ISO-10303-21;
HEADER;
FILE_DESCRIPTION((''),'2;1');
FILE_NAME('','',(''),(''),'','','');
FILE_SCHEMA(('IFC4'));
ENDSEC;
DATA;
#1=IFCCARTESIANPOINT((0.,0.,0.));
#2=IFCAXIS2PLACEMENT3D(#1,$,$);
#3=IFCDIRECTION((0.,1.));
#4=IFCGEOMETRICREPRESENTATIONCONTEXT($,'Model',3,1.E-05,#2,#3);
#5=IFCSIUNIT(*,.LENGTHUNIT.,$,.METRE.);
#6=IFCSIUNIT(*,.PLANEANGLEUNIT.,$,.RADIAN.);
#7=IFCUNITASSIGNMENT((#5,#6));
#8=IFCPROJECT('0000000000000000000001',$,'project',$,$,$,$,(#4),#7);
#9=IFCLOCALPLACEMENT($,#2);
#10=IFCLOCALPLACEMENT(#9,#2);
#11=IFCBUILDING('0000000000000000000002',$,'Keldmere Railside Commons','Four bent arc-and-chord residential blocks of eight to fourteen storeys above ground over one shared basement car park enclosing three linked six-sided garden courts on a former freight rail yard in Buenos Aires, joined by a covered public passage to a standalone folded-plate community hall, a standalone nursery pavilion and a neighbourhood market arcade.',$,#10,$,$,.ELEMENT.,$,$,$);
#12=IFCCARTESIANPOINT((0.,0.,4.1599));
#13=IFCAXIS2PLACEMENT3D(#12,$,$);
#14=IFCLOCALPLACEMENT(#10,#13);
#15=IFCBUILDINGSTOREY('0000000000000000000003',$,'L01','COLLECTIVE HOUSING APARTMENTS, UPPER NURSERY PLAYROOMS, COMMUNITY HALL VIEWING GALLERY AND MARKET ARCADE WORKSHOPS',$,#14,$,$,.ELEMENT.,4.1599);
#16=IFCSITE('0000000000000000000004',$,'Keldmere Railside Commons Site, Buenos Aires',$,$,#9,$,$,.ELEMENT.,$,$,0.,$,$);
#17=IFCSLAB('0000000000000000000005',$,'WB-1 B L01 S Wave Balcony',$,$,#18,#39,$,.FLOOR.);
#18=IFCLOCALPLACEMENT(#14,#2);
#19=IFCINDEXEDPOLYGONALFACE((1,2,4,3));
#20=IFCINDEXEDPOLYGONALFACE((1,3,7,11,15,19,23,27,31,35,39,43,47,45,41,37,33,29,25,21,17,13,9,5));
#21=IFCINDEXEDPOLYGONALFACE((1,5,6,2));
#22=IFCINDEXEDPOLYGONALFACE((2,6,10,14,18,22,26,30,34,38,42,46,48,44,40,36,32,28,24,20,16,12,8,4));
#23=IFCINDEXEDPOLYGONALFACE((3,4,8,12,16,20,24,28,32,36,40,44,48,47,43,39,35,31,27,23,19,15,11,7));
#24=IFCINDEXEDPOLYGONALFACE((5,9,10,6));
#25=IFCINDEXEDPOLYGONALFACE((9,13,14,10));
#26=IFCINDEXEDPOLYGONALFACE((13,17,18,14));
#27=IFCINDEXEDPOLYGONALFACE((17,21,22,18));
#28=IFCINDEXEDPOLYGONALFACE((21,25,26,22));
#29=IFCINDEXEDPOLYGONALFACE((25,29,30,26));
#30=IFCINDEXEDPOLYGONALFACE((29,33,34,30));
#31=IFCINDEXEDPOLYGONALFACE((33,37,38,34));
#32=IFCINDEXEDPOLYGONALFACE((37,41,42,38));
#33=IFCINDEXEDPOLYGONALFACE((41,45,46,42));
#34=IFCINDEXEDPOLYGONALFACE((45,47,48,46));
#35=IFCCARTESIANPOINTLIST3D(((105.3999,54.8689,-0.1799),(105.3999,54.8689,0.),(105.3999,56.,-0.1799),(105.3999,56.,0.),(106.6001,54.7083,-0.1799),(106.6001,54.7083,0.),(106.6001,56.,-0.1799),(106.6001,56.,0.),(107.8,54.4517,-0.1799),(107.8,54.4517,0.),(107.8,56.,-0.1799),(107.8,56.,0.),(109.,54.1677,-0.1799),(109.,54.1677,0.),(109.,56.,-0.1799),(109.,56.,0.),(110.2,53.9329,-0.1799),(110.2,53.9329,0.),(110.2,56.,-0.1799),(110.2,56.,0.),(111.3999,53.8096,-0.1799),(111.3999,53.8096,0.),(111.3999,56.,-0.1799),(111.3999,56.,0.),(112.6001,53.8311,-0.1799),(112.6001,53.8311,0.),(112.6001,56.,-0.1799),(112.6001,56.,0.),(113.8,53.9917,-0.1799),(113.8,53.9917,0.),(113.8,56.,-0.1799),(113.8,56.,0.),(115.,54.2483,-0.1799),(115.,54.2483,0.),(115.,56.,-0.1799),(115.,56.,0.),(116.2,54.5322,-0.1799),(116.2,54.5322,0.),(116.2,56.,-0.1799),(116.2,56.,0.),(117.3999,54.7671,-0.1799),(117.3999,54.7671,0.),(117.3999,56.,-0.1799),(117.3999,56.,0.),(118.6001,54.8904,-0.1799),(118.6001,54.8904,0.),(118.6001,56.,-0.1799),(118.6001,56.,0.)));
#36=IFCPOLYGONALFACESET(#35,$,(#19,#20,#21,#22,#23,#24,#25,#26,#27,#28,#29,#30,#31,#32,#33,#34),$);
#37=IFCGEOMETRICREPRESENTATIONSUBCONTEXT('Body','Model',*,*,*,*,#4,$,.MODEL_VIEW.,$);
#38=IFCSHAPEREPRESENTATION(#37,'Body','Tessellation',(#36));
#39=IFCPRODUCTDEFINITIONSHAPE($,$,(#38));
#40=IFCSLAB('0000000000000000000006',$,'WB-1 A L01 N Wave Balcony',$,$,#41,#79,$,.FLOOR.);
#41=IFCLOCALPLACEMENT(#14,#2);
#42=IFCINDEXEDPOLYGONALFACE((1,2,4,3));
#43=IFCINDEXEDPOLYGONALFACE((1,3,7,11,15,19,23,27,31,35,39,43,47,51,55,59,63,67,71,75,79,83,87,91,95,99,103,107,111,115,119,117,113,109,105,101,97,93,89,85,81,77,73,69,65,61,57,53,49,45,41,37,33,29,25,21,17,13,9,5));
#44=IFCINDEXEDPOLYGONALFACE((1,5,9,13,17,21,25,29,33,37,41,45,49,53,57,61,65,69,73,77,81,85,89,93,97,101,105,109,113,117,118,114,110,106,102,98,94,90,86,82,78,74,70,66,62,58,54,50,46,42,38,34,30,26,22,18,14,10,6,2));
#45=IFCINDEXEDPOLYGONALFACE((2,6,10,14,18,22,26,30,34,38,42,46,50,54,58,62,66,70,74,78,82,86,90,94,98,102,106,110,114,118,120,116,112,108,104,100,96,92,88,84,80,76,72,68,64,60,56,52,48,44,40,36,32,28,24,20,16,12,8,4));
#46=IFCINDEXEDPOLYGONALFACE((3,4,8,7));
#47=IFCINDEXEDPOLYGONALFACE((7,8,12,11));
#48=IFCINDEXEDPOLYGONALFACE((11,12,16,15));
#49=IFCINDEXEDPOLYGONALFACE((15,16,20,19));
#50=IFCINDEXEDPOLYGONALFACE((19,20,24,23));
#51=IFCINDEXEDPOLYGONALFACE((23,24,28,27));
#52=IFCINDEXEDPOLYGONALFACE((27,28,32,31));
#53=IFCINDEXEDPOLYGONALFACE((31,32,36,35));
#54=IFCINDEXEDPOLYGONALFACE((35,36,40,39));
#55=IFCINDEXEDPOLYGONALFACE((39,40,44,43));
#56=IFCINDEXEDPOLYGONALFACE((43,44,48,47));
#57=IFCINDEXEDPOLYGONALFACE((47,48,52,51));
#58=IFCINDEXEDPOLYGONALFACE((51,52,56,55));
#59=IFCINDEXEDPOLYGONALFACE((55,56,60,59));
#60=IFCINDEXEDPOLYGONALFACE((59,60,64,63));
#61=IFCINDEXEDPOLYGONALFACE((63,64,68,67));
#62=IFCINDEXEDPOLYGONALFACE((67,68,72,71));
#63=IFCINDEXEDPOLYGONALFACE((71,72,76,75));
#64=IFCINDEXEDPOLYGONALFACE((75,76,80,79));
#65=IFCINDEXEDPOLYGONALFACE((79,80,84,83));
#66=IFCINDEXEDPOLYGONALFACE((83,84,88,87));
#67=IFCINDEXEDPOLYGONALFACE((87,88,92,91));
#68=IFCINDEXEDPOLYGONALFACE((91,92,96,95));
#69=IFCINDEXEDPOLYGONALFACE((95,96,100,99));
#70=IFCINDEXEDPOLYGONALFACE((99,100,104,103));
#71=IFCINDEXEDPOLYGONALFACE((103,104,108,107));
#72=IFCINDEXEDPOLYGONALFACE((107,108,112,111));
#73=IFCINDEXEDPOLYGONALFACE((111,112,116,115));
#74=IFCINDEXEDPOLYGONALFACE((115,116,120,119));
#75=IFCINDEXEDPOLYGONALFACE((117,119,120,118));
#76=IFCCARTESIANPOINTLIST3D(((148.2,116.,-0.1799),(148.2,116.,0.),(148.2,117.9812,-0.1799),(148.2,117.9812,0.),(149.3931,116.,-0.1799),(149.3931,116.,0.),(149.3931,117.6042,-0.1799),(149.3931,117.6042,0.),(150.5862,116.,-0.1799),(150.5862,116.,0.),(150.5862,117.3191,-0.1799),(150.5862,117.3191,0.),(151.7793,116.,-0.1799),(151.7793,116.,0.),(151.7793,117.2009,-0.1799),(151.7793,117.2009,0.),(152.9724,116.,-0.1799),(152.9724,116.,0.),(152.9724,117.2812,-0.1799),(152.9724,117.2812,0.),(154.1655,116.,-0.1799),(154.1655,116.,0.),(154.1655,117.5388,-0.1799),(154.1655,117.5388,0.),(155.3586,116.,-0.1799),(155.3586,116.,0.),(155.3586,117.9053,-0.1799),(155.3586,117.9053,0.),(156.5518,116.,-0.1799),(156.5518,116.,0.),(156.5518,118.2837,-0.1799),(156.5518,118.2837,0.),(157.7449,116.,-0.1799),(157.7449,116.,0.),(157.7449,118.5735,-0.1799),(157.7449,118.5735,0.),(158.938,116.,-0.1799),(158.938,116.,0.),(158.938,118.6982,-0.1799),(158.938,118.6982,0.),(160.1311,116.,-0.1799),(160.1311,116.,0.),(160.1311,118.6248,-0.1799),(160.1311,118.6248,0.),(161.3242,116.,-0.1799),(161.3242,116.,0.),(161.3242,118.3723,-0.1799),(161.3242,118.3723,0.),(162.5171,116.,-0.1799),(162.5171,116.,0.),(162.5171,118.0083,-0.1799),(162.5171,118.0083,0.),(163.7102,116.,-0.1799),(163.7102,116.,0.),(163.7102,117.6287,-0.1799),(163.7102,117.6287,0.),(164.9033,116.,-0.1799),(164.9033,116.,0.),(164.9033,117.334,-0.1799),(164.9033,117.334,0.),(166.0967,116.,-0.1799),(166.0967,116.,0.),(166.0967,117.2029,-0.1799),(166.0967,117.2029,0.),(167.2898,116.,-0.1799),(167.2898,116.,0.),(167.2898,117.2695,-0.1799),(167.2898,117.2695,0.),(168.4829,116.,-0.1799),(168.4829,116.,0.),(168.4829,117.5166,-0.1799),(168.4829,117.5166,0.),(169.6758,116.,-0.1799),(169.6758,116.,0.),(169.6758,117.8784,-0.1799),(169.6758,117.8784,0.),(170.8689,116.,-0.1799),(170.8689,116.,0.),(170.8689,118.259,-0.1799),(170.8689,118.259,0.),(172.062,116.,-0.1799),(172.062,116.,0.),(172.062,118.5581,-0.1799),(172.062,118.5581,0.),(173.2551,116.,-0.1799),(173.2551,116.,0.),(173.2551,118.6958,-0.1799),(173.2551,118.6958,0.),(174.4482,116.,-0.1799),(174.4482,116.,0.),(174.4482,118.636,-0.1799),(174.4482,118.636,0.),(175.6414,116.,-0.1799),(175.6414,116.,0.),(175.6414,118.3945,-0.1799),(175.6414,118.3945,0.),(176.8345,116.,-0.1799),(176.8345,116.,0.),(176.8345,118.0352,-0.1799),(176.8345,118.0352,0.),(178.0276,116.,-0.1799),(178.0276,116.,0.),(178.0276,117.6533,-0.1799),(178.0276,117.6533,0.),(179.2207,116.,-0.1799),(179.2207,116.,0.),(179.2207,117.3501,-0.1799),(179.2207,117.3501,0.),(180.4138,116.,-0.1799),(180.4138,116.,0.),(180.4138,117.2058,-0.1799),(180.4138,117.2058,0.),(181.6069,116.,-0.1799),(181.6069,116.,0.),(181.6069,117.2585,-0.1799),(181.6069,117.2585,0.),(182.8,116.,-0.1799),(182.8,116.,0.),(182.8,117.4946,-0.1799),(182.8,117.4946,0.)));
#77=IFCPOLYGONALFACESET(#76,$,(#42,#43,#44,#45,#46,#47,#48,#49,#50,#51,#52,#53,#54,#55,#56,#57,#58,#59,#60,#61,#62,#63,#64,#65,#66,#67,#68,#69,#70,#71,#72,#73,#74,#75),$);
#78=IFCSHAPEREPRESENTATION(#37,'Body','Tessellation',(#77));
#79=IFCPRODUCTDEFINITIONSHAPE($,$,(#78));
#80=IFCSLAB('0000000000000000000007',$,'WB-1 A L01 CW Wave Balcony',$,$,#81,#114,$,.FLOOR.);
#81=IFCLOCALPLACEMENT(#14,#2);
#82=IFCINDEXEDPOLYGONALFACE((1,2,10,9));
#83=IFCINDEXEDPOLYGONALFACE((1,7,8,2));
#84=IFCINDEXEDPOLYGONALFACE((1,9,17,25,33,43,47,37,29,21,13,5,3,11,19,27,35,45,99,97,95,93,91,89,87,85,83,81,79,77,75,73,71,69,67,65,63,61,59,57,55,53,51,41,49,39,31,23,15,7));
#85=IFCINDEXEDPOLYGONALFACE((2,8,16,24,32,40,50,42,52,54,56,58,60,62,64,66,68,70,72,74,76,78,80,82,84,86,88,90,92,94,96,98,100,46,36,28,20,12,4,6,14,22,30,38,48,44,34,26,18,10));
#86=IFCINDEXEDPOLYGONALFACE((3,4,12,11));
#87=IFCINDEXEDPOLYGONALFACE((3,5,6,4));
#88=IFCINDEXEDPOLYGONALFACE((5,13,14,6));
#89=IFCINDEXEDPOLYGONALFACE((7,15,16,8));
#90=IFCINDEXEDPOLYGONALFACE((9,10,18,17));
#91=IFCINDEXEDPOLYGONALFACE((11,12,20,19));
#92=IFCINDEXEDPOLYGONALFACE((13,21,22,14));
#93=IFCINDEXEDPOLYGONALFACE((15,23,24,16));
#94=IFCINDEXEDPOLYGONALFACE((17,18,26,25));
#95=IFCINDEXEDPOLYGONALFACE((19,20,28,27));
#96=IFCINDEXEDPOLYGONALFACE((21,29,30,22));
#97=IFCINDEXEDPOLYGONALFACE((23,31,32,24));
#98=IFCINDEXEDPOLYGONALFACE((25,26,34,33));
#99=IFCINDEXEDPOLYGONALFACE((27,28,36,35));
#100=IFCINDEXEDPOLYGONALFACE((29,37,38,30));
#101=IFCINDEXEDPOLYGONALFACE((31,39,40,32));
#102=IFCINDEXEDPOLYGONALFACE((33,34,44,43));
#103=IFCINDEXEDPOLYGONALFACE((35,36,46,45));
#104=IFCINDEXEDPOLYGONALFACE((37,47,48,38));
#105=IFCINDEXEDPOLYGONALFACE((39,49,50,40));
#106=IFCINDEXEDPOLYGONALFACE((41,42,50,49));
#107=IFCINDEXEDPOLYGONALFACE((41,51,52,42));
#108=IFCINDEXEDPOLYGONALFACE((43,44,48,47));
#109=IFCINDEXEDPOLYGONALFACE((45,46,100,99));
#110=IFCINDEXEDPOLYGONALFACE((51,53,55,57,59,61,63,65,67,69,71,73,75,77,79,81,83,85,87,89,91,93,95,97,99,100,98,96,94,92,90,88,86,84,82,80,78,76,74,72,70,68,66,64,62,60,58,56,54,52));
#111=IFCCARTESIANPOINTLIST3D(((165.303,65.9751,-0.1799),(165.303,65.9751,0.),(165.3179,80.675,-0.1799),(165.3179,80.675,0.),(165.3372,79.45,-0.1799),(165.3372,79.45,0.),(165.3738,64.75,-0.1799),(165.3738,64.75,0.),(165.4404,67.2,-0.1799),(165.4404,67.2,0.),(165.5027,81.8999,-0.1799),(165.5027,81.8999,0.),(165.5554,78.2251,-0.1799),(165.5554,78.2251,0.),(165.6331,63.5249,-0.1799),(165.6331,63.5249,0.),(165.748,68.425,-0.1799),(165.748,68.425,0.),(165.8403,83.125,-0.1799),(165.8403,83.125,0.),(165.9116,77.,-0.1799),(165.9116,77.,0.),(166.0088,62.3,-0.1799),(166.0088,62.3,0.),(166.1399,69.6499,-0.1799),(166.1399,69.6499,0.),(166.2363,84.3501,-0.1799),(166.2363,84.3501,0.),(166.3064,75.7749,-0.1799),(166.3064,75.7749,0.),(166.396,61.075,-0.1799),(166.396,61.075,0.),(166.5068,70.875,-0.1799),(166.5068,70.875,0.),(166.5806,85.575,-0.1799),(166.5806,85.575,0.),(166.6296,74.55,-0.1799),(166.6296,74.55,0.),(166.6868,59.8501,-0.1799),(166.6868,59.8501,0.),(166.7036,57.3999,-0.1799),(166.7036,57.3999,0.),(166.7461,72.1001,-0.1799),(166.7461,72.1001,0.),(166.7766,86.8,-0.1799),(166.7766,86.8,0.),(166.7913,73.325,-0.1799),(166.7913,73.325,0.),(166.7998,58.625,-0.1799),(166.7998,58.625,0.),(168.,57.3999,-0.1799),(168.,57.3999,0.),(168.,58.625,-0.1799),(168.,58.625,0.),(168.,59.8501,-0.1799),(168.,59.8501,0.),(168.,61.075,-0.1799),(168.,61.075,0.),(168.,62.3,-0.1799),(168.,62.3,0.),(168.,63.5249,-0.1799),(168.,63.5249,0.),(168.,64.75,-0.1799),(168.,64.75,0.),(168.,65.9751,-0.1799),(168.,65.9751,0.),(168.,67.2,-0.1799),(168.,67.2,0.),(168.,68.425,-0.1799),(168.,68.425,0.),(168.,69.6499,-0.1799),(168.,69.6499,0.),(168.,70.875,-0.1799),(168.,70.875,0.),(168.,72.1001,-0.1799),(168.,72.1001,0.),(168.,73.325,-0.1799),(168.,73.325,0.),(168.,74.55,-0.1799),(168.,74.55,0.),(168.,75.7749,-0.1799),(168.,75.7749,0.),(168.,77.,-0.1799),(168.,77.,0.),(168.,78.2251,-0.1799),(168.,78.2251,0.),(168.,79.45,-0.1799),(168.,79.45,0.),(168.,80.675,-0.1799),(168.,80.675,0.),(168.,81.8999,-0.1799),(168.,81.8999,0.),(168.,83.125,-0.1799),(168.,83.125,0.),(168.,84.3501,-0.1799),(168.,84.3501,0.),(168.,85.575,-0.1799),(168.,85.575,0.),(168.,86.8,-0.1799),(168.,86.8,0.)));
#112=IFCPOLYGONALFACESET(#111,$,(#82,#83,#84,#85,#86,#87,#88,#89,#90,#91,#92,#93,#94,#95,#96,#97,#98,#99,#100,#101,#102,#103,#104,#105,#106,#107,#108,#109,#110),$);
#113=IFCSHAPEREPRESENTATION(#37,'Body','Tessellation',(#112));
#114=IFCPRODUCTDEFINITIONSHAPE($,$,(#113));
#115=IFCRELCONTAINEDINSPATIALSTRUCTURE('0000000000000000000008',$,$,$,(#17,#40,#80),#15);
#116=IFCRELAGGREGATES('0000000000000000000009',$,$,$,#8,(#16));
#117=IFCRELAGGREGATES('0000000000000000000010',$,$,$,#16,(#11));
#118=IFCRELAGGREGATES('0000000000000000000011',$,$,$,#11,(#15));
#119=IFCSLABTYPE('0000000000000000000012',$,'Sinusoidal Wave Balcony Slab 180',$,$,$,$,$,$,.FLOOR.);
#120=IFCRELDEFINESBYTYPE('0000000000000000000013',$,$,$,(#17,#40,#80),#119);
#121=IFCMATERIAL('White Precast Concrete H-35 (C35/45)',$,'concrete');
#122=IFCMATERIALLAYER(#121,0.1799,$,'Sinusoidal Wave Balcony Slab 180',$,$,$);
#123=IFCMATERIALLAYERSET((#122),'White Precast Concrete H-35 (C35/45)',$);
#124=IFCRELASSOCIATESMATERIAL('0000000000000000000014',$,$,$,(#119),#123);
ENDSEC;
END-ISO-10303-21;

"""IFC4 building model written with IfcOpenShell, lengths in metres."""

from ifc_helpers import new_model, si_unit, direction, frame, origin, place, context, subcontext, project, spatial, polyline, outline, extrude, material, layer, layer_set, type_object, element, save


model = new_model("IFC4")

# Units and contexts
model_context = context("Model", 3, precision=1e-05, world=origin(), true_north=direction((0.0, 1.0)))
body_context = subcontext(model_context, "Body", "Model", "MODEL_VIEW")
ifc_project = project(units=[si_unit("LENGTHUNIT", "METRE"), si_unit("PLANEANGLEUNIT", "RADIAN")], contexts=[model_context])

# Site, building, storey
site_placement = place(None, origin())
site = spatial("IfcSite", under=ifc_project, at=site_placement, Name="Keldmere Railside Commons Site, Buenos Aires", CompositionType="ELEMENT", RefElevation=0.0)
building_placement = place(site_placement, origin())
building = spatial("IfcBuilding", under=site, at=building_placement, Name="Keldmere Railside Commons", Description="Four bent arc-and-chord residential blocks of eight to fourteen storeys above ground over one shared basement car park enclosing three linked six-sided garden courts on a former freight rail yard in Buenos Aires, joined by a covered public passage to a standalone folded-plate community hall, a standalone nursery pavilion and a neighbourhood market arcade.", CompositionType="ELEMENT")
storey_placement = place(building_placement, frame((0.0, 0.0, 4.1599)))
storey = spatial("IfcBuildingStorey", under=building, at=storey_placement, Name="L01", Description="COLLECTIVE HOUSING APARTMENTS, UPPER NURSERY PLAYROOMS, COMMUNITY HALL VIEWING GALLERY AND MARKET ARCADE WORKSHOPS", CompositionType="ELEMENT", Elevation=4.1599)

# Slabs
ifc_material_1 = material(Name="White Precast Concrete H-35 (C35/45)", Category="concrete")
ifc_layer_1 = layer(ifc_material_1, 0.1799, Name="Sinusoidal Wave Balcony Slab 180")
ifc_layer_set_1 = layer_set([ifc_layer_1], Name="White Precast Concrete H-35 (C35/45)")
slab_type = type_object("IfcSlabType", Name="Sinusoidal Wave Balcony Slab 180", PredefinedType="FLOOR", material=ifc_layer_set_1)
slab_1_placement = place(storey_placement, frame((0.0, 0.0, -0.1799)))
element("IfcSlab", 1, at=slab_1_placement, inside=storey, type_object=slab_type, Name="WB-1 B L01 S Wave Balcony", PredefinedType="FLOOR", context=body_context, shape_type="SweptSolid", body=[
    extrude(outline(polyline([(105.3999, 54.8689), (106.6001, 54.7083), (107.8, 54.4517), (109.0, 54.1677), (110.2, 53.9329), (111.3999, 53.8096), (112.6001, 53.8311), (113.8, 53.9917), (115.0, 54.2483), (116.2, 54.5322), (117.3999, 54.7671), (118.6001, 54.8904), (118.6001, 56.0), (117.3999, 56.0), (116.2, 56.0), (115.0, 56.0), (113.8, 56.0), (112.6001, 56.0), (111.3999, 56.0), (110.2, 56.0), (109.0, 56.0), (107.8, 56.0), (106.6001, 56.0), (105.3999, 56.0), (105.3999, 54.8689)])), origin(), (0.0, 0.0, 1.0), 0.1799),
])
slab_2_placement = place(storey_placement, frame((0.0, 0.0, -0.1799)))
element("IfcSlab", 2, at=slab_2_placement, inside=storey, type_object=slab_type, Name="WB-1 A L01 N Wave Balcony", PredefinedType="FLOOR", context=body_context, shape_type="SweptSolid", body=[
    extrude(outline(polyline([(148.2, 116.0), (149.3931, 116.0), (150.5862, 116.0), (151.7793, 116.0), (152.9724, 116.0), (154.1655, 116.0), (155.3586, 116.0), (156.5518, 116.0), (157.7449, 116.0), (158.938, 116.0), (160.1311, 116.0), (161.3242, 116.0), (162.5171, 116.0), (163.7102, 116.0), (164.9033, 116.0), (166.0967, 116.0), (167.2898, 116.0), (168.4829, 116.0), (169.6758, 116.0), (170.8689, 116.0), (172.062, 116.0), (173.2551, 116.0), (174.4482, 116.0), (175.6414, 116.0), (176.8345, 116.0), (178.0276, 116.0), (179.2207, 116.0), (180.4138, 116.0), (181.6069, 116.0), (182.8, 116.0), (182.8, 117.4946), (181.6069, 117.2585), (180.4138, 117.2058), (179.2207, 117.3501), (178.0276, 117.6533), (176.8345, 118.0352), (175.6414, 118.3945), (174.4482, 118.636), (173.2551, 118.6958), (172.062, 118.5581), (170.8689, 118.259), (169.6758, 117.8784), (168.4829, 117.5166), (167.2898, 117.2695), (166.0967, 117.2029), (164.9033, 117.334), (163.7102, 117.6287), (162.5171, 118.0083), (161.3242, 118.3723), (160.1311, 118.6248), (158.938, 118.6982), (157.7449, 118.5735), (156.5518, 118.2837), (155.3586, 117.9053), (154.1655, 117.5388), (152.9724, 117.2812), (151.7793, 117.2009), (150.5862, 117.3191), (149.3931, 117.6042), (148.2, 117.9812), (148.2, 116.0)])), origin(), (0.0, 0.0, 1.0), 0.1799),
])
slab_3_placement = place(storey_placement, frame((0.0, 0.0, -0.1799)))
element("IfcSlab", 3, at=slab_3_placement, inside=storey, type_object=slab_type, Name="WB-1 A L01 CW Wave Balcony", PredefinedType="FLOOR", context=body_context, shape_type="SweptSolid", body=[
    extrude(outline(polyline([(168.0, 57.3999), (168.0, 58.625), (168.0, 59.8501), (168.0, 61.075), (168.0, 62.3), (168.0, 63.5249), (168.0, 64.75), (168.0, 65.9751), (168.0, 67.2), (168.0, 68.425), (168.0, 69.6499), (168.0, 70.875), (168.0, 72.1001), (168.0, 73.325), (168.0, 74.55), (168.0, 75.7749), (168.0, 77.0), (168.0, 78.2251), (168.0, 79.45), (168.0, 80.675), (168.0, 81.8999), (168.0, 83.125), (168.0, 84.3501), (168.0, 85.575), (168.0, 86.8), (166.7766, 86.8), (166.5806, 85.575), (166.2363, 84.3501), (165.8403, 83.125), (165.5027, 81.8999), (165.3179, 80.675), (165.3372, 79.45), (165.5554, 78.2251), (165.9116, 77.0), (166.3064, 75.7749), (166.6296, 74.55), (166.7913, 73.325), (166.7461, 72.1001), (166.5068, 70.875), (166.1399, 69.6499), (165.748, 68.425), (165.4404, 67.2), (165.303, 65.9751), (165.3738, 64.75), (165.6331, 63.5249), (166.0088, 62.3), (166.396, 61.075), (166.6868, 59.8501), (166.7998, 58.625), (166.7036, 57.3999), (168.0, 57.3999)])), origin(), (0.0, 0.0, 1.0), 0.1799),
])

save(model, "model.ifc")
